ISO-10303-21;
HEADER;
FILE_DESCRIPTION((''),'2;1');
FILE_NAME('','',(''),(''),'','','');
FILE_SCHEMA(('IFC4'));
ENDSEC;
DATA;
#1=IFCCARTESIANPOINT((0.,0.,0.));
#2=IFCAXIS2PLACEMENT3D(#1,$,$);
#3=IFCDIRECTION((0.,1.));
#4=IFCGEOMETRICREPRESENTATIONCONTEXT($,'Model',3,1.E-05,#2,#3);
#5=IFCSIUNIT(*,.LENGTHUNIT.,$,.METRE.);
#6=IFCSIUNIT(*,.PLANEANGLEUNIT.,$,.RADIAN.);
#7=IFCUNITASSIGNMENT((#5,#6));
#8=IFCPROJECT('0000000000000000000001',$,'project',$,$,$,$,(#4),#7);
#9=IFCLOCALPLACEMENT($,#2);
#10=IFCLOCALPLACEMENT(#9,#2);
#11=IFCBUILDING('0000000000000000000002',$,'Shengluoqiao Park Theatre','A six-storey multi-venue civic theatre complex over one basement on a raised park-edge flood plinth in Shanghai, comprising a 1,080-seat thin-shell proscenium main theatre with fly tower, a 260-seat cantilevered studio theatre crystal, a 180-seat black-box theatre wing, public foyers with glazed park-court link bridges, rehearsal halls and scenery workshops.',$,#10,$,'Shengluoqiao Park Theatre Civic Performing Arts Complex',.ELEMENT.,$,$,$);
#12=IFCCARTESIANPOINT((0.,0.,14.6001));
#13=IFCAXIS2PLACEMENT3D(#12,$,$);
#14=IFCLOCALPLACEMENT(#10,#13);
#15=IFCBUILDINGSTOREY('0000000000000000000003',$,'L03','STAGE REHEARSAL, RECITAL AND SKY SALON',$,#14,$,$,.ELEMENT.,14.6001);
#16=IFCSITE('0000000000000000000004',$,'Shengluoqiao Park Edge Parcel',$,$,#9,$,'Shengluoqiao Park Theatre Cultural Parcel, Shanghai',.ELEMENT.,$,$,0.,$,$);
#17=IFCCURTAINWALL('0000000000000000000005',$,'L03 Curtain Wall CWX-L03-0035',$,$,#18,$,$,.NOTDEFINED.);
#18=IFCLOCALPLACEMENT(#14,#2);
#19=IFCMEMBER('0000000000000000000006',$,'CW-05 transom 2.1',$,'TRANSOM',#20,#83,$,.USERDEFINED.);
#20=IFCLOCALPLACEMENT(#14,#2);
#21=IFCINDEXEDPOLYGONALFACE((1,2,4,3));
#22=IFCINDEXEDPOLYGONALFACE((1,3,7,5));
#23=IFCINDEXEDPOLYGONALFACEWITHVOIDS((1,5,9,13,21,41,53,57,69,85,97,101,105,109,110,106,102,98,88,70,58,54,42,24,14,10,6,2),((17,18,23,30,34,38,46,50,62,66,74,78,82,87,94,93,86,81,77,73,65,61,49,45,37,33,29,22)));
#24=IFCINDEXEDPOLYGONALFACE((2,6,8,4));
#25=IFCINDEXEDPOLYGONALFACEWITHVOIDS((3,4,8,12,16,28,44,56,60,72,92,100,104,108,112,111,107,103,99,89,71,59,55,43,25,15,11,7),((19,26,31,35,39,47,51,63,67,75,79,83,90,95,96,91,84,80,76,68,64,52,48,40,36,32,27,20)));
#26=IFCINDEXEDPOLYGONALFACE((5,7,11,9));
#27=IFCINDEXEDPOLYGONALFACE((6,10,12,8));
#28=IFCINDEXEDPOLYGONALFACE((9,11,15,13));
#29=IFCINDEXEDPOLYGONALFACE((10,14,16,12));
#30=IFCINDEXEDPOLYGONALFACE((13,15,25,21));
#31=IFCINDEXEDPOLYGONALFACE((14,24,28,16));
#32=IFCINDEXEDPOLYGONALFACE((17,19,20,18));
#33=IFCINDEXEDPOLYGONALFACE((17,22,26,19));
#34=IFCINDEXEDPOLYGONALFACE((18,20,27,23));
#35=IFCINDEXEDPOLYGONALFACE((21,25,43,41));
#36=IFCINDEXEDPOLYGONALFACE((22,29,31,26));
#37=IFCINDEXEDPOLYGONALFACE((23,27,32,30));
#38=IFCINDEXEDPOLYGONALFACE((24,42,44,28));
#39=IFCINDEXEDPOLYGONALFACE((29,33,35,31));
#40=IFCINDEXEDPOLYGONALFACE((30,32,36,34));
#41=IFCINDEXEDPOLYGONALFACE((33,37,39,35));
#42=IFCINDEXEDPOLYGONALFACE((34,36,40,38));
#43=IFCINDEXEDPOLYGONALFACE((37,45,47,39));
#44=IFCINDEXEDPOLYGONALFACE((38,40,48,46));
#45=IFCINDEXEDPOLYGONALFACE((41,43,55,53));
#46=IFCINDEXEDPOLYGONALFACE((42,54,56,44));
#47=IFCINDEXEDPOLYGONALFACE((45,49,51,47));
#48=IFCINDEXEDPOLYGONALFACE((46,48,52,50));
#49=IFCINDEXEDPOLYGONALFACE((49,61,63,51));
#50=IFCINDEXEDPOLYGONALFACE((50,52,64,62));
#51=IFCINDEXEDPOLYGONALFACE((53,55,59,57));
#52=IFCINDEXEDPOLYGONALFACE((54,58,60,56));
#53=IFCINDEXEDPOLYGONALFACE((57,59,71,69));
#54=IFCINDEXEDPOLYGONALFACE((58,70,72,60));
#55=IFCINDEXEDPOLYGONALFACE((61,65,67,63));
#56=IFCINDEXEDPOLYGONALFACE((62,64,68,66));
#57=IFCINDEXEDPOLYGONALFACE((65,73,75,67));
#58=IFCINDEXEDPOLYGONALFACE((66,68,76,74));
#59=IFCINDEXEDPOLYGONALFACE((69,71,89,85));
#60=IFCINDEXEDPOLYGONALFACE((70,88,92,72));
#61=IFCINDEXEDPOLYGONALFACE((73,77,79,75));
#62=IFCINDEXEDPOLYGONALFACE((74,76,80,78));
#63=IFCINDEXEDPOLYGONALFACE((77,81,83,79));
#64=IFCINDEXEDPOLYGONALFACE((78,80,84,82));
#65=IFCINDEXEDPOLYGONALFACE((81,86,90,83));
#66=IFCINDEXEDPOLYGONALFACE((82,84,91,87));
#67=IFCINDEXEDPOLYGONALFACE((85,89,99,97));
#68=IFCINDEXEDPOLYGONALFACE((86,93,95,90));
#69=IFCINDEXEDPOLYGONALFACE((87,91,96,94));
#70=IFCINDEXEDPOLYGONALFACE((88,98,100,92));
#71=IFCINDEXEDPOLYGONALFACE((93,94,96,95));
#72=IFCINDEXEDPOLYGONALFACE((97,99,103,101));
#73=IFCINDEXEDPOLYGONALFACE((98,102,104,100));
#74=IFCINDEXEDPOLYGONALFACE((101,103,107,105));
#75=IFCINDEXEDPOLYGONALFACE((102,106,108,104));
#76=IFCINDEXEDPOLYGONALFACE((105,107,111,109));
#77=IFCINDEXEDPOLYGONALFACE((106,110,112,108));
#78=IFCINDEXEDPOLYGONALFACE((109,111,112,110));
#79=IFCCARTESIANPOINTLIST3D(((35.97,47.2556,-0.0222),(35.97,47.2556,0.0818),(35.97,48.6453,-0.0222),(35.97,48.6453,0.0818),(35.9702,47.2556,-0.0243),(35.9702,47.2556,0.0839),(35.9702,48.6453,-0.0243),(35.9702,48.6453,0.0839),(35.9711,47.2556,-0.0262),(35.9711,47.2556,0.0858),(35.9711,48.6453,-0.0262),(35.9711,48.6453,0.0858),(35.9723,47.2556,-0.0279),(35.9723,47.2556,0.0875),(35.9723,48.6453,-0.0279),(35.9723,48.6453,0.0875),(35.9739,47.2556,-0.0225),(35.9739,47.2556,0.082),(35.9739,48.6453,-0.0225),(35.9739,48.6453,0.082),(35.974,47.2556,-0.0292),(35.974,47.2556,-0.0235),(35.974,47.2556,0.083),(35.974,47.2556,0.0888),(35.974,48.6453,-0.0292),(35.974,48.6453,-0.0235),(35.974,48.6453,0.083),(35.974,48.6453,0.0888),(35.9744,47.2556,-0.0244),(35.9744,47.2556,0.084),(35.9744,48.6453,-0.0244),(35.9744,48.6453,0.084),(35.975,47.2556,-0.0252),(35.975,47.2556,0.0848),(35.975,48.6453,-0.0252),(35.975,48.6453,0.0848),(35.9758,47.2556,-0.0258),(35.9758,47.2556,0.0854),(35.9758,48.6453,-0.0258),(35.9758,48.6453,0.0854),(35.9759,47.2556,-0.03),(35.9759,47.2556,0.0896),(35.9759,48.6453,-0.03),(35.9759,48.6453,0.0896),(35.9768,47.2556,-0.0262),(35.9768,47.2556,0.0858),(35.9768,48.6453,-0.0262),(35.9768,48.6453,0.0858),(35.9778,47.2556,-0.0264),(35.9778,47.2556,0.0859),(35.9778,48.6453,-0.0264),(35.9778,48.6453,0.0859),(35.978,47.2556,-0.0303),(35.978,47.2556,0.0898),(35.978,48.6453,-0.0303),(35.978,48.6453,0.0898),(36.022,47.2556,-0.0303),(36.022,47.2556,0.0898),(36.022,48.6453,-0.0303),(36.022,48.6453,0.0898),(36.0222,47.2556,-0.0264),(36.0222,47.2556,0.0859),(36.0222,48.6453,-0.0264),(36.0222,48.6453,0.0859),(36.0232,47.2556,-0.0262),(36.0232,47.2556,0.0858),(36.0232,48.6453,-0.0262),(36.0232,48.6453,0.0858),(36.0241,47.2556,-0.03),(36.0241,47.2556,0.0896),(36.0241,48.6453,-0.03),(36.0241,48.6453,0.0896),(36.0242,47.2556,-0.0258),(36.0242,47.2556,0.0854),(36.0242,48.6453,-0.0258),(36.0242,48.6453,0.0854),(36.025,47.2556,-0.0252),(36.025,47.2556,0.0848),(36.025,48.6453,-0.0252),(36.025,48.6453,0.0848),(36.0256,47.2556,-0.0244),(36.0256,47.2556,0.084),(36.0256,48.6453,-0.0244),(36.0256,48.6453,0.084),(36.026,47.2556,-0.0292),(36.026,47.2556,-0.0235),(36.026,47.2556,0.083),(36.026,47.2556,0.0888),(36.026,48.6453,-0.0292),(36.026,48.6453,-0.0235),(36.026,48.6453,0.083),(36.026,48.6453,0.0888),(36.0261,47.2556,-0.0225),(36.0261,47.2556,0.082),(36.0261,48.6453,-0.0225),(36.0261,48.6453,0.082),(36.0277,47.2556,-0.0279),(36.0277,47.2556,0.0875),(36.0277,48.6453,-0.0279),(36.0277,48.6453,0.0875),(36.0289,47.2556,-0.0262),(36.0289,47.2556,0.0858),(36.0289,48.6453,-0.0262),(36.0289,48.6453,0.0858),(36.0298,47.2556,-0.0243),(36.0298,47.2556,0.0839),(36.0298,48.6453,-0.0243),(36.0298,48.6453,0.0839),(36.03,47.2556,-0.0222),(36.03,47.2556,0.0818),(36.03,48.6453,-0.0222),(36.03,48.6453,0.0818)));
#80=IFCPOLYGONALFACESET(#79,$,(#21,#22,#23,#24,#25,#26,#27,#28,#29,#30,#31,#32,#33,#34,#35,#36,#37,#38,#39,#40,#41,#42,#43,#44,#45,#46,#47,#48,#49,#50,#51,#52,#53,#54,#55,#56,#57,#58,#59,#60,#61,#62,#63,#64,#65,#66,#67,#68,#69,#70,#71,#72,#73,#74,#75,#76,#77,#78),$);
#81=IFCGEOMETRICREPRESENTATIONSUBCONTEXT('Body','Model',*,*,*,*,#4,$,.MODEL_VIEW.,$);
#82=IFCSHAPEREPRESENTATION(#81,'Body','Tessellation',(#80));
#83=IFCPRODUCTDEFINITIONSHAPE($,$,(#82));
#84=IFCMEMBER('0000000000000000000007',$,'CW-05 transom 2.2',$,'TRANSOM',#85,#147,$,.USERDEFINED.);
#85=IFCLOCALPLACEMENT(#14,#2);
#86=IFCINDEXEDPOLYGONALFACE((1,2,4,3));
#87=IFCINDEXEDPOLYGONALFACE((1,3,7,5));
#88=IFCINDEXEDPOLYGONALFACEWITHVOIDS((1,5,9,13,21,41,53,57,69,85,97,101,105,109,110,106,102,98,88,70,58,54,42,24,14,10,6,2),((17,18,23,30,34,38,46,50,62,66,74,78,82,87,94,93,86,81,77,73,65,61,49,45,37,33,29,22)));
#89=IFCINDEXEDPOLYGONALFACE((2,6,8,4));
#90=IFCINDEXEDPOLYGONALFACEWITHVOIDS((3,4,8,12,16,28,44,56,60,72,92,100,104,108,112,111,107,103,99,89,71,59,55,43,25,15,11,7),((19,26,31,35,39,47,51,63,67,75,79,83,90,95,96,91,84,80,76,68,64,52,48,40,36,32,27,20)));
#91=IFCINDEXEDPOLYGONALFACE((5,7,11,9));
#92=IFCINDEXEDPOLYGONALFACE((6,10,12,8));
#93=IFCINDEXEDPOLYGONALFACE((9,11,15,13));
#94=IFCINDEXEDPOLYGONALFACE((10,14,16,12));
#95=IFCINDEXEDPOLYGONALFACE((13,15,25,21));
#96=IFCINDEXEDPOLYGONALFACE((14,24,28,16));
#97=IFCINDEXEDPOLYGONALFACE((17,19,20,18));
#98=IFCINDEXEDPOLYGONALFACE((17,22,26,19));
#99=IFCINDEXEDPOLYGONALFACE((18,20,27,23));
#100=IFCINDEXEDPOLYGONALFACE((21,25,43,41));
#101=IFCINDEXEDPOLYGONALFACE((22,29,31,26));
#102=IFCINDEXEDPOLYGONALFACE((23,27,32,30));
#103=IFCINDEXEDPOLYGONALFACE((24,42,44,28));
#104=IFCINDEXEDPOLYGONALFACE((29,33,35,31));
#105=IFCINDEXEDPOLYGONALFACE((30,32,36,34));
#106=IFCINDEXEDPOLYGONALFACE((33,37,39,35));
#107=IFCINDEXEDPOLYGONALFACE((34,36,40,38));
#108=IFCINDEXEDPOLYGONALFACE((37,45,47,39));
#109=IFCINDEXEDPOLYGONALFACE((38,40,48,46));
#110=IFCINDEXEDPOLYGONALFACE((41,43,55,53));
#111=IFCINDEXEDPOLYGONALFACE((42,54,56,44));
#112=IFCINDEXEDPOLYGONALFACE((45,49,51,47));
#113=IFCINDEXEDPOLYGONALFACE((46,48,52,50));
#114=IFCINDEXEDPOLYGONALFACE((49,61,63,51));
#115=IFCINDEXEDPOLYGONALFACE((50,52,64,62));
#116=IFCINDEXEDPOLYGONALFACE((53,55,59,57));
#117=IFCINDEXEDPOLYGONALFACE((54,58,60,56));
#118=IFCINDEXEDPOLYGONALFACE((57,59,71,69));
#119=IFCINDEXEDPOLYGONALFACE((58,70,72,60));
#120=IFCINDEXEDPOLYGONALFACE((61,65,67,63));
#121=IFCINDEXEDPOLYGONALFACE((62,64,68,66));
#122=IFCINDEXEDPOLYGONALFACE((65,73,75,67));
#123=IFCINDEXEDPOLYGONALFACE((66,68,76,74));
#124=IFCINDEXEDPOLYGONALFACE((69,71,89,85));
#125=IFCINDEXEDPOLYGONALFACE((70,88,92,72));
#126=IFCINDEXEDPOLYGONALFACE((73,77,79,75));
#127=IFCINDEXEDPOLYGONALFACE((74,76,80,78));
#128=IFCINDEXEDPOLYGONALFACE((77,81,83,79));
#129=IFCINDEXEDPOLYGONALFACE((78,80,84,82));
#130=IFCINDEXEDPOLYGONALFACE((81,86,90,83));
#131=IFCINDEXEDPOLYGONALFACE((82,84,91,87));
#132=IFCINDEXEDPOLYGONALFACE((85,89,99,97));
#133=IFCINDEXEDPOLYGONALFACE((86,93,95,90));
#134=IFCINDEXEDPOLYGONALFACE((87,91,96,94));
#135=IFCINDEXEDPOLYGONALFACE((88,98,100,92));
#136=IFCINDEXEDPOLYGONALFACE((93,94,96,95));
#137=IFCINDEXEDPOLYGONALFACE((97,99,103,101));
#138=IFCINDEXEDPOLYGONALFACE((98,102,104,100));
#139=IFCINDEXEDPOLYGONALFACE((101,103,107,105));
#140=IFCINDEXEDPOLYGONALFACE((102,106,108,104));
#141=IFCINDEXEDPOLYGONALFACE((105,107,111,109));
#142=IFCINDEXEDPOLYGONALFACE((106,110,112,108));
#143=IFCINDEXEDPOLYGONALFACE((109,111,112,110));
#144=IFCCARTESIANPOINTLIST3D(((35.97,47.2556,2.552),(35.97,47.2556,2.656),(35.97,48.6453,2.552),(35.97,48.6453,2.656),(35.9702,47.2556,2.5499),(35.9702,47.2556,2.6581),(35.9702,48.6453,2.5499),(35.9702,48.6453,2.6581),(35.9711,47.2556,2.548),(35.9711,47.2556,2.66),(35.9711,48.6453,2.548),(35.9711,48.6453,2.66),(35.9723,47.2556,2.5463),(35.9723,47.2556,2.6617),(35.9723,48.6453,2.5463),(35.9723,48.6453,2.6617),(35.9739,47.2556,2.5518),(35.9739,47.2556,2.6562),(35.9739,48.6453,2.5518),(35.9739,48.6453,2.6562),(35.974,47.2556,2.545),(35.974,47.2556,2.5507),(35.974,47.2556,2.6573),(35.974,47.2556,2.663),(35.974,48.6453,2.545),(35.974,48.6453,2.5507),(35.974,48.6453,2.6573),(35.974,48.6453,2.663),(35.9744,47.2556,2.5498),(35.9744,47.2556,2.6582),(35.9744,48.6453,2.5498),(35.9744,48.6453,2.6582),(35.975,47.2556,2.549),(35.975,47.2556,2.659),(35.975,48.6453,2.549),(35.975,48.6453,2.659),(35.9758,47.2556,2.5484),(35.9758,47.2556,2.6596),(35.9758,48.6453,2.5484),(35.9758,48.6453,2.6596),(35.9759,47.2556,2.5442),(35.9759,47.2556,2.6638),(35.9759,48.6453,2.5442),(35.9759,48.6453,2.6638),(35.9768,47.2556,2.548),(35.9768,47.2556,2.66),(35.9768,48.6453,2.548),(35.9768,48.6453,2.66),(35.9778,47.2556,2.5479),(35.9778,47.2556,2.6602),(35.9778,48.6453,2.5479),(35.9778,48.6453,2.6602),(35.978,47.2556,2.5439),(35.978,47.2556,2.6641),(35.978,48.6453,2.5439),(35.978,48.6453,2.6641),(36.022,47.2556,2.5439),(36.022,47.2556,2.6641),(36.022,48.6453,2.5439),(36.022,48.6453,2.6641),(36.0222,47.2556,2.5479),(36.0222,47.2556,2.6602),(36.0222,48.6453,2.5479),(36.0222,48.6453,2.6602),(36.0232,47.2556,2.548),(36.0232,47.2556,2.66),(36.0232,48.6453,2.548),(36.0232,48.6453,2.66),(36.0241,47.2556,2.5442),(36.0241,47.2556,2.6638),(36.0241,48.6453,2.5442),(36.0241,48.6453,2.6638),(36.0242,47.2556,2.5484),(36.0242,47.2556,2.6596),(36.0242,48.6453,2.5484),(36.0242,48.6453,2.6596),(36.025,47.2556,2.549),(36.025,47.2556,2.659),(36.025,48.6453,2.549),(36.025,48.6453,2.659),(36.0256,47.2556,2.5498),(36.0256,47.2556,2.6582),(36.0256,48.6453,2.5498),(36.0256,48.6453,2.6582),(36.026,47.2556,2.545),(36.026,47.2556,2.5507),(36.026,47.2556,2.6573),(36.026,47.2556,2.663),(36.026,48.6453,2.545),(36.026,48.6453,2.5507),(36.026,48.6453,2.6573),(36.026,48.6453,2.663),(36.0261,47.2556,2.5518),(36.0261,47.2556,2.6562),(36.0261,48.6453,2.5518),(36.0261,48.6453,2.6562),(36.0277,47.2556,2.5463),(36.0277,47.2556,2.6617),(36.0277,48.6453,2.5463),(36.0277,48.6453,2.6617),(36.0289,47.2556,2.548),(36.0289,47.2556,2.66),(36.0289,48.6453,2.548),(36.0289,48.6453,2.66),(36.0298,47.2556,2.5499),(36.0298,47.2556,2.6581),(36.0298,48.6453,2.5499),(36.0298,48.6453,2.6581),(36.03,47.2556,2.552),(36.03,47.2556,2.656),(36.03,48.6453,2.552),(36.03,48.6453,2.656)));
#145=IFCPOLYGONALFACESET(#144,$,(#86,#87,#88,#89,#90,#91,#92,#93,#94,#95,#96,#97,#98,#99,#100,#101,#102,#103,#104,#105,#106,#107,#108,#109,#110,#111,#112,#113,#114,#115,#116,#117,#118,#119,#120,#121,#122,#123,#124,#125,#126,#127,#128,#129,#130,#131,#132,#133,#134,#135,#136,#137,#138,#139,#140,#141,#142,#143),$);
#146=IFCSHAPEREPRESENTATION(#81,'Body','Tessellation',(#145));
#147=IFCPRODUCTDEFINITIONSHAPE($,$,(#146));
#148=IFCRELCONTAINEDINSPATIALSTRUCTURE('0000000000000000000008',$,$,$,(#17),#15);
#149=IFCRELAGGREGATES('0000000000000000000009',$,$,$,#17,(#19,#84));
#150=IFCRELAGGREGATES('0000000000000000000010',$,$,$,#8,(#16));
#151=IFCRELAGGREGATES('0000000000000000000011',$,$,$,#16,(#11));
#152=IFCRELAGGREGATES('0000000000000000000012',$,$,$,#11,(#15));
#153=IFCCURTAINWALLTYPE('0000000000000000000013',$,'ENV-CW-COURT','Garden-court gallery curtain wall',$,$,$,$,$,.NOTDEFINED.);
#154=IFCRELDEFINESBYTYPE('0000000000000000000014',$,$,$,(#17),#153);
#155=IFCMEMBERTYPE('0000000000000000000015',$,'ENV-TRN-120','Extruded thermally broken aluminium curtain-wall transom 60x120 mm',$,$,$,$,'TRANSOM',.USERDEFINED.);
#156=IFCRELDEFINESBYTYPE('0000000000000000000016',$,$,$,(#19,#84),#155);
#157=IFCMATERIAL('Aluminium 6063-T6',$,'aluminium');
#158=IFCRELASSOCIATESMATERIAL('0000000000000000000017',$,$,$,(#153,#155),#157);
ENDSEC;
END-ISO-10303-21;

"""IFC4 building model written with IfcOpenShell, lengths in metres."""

from ifc_helpers import new_model, si_unit, direction, frame, origin, origin_2d, place, context, subcontext, project, spatial, hollow_rectangle, extrude, material, material_profile, profile_set, type_object, element, aggregate, save


model = new_model("IFC4")

# Units and contexts
model_context = context("Model", 3, precision=1e-05, world=origin(), true_north=direction((0.0, 1.0)))
body_context = subcontext(model_context, "Body", "Model", "MODEL_VIEW")
ifc_project = project(units=[si_unit("LENGTHUNIT", "METRE"), si_unit("PLANEANGLEUNIT", "RADIAN")], contexts=[model_context])

# Site, building, storey
site_placement = place(None, origin())
site = spatial("IfcSite", under=ifc_project, at=site_placement, Name="Shengluoqiao Park Edge Parcel", LongName="Shengluoqiao Park Theatre Cultural Parcel, Shanghai", CompositionType="ELEMENT", RefElevation=0.0)
building_placement = place(site_placement, origin())
building = spatial("IfcBuilding", under=site, at=building_placement, Name="Shengluoqiao Park Theatre", Description="A six-storey multi-venue civic theatre complex over one basement on a raised park-edge flood plinth in Shanghai, comprising a 1,080-seat thin-shell proscenium main theatre with fly tower, a 260-seat cantilevered studio theatre crystal, a 180-seat black-box theatre wing, public foyers with glazed park-court link bridges, rehearsal halls and scenery workshops.", LongName="Shengluoqiao Park Theatre Civic Performing Arts Complex", CompositionType="ELEMENT")
storey_placement = place(building_placement, frame((0.0, 0.0, 14.6001)))
storey = spatial("IfcBuildingStorey", under=building, at=storey_placement, Name="L03", Description="STAGE REHEARSAL, RECITAL AND SKY SALON", CompositionType="ELEMENT", Elevation=14.6001)

# Curtain wall, members
ifc_material_1 = material(Name="Aluminium 6063-T6", Category="aluminium")
curtain_wall_type = type_object("IfcCurtainWallType", Name="ENV-CW-COURT", Description="Garden-court gallery curtain wall", PredefinedType="NOTDEFINED", material=ifc_material_1)
curtain_wall_placement = place(storey_placement, origin())
curtain_wall = element("IfcCurtainWall", 1, at=curtain_wall_placement, inside=storey, type_object=curtain_wall_type, Name="L03 Curtain Wall CWX-L03-0035", PredefinedType="NOTDEFINED")
ifc_material_profile_1 = material_profile(ifc_material_1, hollow_rectangle(XDim=0.0601, YDim=0.1201, WallThickness=0.0039, InnerFilletRadius=0.0039, OuterFilletRadius=0.0081, at=origin_2d()), Name="ALU TRANSOM 120x60x4")
ifc_profile_set_1 = profile_set([ifc_material_profile_1], Name="Aluminium 6063-T6")
member_type_1 = type_object("IfcMemberType", Name="ENV-TRN-120", Description="Extruded thermally broken aluminium curtain-wall transom 60x120 mm", ElementType="TRANSOM", PredefinedType="USERDEFINED", material=ifc_profile_set_1)
member_1_placement = place(storey_placement, frame((36.0, 47.2556, 0.0298), z_axis=(0.0, 1.0, 0.0), x_axis=(-1.0, 0.0, 0.0)))
member_1 = element("IfcMember", 2, at=member_1_placement, type_object=member_type_1, Name="CW-05 transom 2.1", ObjectType="TRANSOM", PredefinedType="USERDEFINED", context=body_context, shape_type="SweptSolid", body=[
    extrude(hollow_rectangle(XDim=0.0601, YDim=0.1201, WallThickness=0.0039, InnerFilletRadius=0.0039, OuterFilletRadius=0.0081, at=origin_2d()), origin(), (0.0, 0.0, 1.0), 1.3896),
])
member_2_placement = place(storey_placement, frame((36.0, 47.2556, 2.604), z_axis=(0.0, 1.0, 0.0), x_axis=(-1.0, 0.0, 0.0)))
member_2 = element("IfcMember", 3, at=member_2_placement, type_object=member_type_1, Name="CW-05 transom 2.2", ObjectType="TRANSOM", PredefinedType="USERDEFINED", context=body_context, shape_type="SweptSolid", body=[
    extrude(hollow_rectangle(XDim=0.0601, YDim=0.1201, WallThickness=0.0039, InnerFilletRadius=0.0039, OuterFilletRadius=0.0081, at=origin_2d()), origin(), (0.0, 0.0, 1.0), 1.3896),
])

aggregate(curtain_wall, [member_1, member_2])

save(model, "model.ifc")
